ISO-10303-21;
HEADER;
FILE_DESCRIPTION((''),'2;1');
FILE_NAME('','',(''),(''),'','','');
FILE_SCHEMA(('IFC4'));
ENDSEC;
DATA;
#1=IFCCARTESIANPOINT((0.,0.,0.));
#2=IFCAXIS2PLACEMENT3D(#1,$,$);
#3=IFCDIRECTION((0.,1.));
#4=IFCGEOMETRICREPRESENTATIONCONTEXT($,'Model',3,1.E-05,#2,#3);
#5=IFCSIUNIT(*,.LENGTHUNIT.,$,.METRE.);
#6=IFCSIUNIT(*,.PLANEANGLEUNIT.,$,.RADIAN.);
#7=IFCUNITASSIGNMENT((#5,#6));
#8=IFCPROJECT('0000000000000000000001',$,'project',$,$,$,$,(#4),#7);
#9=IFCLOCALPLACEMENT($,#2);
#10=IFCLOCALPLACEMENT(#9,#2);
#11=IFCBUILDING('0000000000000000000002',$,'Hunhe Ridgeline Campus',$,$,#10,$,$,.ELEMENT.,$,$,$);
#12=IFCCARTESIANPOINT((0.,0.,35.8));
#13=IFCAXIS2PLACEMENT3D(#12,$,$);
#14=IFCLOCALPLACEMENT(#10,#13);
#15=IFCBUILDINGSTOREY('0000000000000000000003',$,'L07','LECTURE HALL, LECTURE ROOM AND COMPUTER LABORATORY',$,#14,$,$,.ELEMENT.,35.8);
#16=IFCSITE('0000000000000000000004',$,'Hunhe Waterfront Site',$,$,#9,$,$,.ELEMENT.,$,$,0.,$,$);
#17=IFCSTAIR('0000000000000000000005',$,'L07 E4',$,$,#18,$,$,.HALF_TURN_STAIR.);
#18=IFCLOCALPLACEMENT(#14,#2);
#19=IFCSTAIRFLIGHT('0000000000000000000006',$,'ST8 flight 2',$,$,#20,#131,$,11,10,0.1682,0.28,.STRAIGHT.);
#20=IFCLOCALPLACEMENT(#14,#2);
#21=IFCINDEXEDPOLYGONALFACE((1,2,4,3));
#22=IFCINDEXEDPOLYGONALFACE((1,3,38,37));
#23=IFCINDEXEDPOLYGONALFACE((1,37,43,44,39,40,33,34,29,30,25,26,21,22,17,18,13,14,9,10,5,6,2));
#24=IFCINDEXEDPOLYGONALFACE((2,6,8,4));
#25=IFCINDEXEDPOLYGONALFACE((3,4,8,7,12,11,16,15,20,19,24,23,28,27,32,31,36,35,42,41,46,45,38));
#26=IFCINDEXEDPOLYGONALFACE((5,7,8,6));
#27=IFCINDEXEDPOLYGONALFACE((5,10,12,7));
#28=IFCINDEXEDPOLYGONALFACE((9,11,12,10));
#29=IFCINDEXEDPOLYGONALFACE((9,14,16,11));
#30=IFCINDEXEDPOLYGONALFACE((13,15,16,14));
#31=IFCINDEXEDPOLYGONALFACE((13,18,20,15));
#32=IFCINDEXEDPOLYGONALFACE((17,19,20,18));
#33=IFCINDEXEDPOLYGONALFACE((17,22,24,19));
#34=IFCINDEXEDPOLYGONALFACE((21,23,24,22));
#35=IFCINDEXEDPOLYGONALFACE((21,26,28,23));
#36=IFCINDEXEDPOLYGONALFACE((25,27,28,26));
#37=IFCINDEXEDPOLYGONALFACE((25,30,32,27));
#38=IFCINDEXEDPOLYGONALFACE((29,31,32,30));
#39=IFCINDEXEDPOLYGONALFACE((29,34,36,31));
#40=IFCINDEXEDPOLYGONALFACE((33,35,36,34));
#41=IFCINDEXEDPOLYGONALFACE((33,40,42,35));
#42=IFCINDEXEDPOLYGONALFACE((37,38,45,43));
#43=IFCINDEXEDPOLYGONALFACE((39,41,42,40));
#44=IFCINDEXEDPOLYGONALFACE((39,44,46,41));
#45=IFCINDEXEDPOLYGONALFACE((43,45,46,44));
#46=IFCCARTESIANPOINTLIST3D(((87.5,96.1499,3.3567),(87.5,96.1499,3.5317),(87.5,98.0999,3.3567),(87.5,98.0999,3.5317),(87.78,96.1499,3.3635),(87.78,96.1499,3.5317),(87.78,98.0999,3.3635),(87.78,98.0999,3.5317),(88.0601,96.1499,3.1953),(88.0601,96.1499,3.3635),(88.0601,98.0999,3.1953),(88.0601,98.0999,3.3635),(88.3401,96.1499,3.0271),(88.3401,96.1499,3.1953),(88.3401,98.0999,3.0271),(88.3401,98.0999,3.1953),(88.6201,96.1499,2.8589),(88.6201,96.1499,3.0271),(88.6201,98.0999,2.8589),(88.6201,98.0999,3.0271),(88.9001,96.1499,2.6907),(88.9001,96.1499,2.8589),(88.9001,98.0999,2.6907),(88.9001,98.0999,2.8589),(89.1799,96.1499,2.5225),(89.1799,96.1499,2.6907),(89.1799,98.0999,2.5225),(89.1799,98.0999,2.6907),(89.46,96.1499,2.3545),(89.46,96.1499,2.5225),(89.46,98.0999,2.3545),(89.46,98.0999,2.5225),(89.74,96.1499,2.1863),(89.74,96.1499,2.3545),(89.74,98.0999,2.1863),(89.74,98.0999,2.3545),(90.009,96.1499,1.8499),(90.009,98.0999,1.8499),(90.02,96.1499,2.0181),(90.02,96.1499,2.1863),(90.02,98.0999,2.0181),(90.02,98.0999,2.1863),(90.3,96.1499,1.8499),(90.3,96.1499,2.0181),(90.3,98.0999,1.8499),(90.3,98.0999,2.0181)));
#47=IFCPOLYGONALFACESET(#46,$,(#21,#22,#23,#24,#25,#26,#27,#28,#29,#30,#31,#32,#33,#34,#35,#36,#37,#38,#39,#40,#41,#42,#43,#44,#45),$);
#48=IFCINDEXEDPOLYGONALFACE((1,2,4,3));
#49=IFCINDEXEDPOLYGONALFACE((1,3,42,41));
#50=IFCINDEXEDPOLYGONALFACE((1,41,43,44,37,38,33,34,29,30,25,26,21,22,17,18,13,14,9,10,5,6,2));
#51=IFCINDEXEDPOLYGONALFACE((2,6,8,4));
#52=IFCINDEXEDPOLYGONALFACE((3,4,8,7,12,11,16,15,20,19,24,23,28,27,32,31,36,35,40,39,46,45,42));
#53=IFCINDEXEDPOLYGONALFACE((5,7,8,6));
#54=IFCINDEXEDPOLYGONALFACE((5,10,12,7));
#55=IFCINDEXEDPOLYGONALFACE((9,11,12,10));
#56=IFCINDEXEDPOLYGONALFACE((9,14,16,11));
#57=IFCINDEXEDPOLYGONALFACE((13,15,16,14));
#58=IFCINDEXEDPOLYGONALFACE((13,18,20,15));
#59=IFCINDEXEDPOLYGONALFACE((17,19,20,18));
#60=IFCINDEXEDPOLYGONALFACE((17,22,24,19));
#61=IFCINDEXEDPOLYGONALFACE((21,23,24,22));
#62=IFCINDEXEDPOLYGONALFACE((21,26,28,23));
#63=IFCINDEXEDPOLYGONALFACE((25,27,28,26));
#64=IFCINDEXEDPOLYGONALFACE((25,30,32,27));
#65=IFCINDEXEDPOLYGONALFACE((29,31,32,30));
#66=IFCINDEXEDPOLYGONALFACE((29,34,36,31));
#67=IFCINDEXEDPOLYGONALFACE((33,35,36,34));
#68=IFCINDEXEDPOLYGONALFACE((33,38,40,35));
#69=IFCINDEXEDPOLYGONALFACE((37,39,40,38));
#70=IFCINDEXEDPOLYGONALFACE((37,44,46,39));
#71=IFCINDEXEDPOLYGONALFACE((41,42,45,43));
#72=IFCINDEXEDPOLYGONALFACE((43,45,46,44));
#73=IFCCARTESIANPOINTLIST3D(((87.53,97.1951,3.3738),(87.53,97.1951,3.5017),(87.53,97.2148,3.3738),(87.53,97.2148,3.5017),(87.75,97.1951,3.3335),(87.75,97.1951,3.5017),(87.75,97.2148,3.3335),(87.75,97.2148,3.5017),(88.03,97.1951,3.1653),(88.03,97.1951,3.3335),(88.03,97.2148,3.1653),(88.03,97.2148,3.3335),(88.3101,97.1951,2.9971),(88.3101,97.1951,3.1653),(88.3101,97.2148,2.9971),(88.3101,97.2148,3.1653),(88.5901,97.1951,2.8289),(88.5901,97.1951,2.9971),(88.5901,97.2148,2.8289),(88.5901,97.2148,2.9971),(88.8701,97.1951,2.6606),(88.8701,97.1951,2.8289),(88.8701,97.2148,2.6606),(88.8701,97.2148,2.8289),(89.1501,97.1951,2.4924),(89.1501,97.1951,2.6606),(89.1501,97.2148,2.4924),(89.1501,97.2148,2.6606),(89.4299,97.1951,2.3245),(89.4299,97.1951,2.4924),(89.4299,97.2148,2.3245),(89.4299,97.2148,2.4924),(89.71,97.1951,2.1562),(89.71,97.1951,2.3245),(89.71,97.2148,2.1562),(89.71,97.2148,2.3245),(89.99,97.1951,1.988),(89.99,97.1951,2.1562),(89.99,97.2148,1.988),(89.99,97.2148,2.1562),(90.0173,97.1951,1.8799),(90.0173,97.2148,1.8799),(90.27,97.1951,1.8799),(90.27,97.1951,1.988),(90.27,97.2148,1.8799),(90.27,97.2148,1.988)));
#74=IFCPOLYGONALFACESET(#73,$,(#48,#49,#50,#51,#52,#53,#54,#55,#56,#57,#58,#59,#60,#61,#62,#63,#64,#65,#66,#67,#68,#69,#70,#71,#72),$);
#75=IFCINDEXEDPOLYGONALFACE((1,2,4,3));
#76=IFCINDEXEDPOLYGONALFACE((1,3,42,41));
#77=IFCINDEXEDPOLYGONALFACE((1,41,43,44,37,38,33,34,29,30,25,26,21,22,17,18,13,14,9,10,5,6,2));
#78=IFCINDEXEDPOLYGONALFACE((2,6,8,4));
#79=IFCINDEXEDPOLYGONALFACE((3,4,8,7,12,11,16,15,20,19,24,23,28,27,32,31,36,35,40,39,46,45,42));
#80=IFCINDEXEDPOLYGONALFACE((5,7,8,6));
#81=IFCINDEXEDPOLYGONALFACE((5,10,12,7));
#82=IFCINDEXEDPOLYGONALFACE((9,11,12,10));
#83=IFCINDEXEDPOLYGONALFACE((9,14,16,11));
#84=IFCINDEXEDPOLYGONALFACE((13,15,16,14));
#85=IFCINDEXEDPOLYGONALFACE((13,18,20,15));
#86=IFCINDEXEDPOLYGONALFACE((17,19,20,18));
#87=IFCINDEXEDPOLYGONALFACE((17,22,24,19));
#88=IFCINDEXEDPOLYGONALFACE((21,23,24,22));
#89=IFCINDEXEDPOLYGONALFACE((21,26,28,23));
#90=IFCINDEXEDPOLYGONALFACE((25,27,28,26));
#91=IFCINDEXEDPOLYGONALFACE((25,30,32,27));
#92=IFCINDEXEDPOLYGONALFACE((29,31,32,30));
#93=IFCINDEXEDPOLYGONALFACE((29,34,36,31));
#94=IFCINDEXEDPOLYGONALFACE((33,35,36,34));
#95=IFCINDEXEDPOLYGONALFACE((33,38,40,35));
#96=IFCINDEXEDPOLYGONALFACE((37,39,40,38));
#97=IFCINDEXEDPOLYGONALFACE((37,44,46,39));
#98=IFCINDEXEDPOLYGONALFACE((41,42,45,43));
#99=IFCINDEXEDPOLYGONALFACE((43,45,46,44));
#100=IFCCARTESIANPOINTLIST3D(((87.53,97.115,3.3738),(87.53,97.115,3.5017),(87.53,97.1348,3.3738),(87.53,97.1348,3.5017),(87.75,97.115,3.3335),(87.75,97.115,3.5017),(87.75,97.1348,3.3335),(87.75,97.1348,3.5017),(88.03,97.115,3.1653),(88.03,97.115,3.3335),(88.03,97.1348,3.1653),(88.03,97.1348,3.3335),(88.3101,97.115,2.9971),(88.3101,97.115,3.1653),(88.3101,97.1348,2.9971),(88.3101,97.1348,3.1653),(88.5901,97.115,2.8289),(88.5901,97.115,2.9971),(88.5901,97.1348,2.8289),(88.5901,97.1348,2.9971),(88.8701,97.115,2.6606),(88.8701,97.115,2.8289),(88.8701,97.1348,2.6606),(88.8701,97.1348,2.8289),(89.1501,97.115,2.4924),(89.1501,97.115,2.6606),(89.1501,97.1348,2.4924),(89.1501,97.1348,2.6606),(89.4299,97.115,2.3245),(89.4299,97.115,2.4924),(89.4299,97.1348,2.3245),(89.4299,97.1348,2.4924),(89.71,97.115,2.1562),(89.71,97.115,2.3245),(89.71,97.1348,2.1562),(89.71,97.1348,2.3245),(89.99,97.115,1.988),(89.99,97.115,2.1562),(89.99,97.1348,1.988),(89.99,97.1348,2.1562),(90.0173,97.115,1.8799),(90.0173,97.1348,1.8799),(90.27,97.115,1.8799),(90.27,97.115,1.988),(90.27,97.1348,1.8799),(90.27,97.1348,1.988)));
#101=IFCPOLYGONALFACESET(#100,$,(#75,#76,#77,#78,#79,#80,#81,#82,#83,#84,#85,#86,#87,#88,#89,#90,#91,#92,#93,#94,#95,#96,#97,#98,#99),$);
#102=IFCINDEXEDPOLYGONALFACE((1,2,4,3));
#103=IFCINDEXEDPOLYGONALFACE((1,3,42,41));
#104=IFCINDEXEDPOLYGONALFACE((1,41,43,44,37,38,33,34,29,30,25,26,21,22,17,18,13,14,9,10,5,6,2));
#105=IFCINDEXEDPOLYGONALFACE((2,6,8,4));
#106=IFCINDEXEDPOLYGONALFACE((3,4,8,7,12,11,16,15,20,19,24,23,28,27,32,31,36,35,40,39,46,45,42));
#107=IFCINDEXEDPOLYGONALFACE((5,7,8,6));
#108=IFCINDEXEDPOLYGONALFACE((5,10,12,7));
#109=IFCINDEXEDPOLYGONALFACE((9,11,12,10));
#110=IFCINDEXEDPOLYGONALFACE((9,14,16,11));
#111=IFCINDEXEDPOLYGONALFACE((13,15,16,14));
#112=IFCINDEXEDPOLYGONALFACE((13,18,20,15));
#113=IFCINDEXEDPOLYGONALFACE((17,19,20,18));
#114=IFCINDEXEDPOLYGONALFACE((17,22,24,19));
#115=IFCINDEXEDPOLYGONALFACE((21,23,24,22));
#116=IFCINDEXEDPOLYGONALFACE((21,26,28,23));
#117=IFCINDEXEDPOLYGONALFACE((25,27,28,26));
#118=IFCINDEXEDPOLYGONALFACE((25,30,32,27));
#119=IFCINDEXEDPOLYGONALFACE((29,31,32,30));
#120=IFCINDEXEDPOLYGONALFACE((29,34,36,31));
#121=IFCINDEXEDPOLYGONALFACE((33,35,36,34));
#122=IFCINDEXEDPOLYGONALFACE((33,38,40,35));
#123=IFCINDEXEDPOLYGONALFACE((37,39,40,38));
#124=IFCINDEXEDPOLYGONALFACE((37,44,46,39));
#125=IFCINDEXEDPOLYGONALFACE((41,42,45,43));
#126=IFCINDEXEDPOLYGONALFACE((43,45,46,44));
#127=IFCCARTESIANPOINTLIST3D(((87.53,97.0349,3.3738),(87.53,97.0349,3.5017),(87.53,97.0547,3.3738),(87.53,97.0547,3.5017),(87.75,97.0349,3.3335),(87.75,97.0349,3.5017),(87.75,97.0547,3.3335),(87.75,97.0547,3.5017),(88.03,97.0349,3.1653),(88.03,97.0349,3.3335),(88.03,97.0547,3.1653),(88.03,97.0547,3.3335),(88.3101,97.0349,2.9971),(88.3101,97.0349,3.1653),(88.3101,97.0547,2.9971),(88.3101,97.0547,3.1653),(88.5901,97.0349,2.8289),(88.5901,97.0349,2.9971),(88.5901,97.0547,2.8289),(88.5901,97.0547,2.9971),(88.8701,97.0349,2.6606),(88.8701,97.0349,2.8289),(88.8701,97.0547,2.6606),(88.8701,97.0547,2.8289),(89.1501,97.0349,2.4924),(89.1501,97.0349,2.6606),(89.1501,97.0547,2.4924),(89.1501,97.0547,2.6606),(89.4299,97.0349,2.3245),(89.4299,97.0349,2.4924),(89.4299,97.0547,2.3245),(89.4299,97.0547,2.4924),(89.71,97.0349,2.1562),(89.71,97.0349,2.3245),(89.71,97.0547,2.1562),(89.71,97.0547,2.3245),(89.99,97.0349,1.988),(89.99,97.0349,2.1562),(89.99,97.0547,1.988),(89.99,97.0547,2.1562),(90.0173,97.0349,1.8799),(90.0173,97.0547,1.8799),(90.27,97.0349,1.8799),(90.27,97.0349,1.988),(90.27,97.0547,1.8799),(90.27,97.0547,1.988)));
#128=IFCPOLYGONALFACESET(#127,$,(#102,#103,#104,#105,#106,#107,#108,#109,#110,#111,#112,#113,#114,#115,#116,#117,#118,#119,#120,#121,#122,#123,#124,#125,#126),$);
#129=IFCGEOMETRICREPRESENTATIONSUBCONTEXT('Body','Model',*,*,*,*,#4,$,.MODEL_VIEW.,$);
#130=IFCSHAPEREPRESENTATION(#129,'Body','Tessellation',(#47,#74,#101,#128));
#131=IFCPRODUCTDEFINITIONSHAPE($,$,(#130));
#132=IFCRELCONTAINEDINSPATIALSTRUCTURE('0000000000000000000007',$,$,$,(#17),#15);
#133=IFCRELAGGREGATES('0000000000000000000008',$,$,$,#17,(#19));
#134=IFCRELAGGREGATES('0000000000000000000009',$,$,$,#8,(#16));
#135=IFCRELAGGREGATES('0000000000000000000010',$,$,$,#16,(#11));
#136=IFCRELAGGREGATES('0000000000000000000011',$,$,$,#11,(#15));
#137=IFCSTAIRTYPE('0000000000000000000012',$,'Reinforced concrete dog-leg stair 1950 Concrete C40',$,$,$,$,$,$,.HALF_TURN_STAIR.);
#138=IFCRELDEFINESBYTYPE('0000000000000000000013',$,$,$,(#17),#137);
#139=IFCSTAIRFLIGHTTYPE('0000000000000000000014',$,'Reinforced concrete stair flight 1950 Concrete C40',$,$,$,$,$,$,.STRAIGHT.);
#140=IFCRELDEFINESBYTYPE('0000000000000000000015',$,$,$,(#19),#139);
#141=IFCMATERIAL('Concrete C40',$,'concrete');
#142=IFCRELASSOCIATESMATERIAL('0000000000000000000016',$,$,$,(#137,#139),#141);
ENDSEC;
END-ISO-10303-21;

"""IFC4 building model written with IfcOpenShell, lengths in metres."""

from ifc_helpers import new_model, si_unit, direction, frame, origin, place, context, subcontext, project, spatial, polyline, outline, extrude, material, type_object, element, aggregate, save


model = new_model("IFC4")

# Units and contexts
model_context = context("Model", 3, precision=1e-05, world=origin(), true_north=direction((0.0, 1.0)))
body_context = subcontext(model_context, "Body", "Model", "MODEL_VIEW")
ifc_project = project(units=[si_unit("LENGTHUNIT", "METRE"), si_unit("PLANEANGLEUNIT", "RADIAN")], contexts=[model_context])

# Site, building, storey
site_placement = place(None, origin())
site = spatial("IfcSite", under=ifc_project, at=site_placement, Name="Hunhe Waterfront Site", CompositionType="ELEMENT", RefElevation=0.0)
building_placement = place(site_placement, origin())
building = spatial("IfcBuilding", under=site, at=building_placement, Name="Hunhe Ridgeline Campus", CompositionType="ELEMENT")
storey_placement = place(building_placement, frame((0.0, 0.0, 35.8)))
storey = spatial("IfcBuildingStorey", under=building, at=storey_placement, Name="L07", Description="LECTURE HALL, LECTURE ROOM AND COMPUTER LABORATORY", CompositionType="ELEMENT", Elevation=35.8)

# Stair, stair flight
ifc_material_1 = material(Name="Concrete C40", Category="concrete")
stair_type = type_object("IfcStairType", Name="Reinforced concrete dog-leg stair 1950 Concrete C40", PredefinedType="HALF_TURN_STAIR", material=ifc_material_1)
stair_placement = place(storey_placement, origin())
stair = element("IfcStair", 1, at=stair_placement, inside=storey, type_object=stair_type, Name="L07 E4", PredefinedType="HALF_TURN_STAIR")
stair_flight_type = type_object("IfcStairFlightType", Name="Reinforced concrete stair flight 1950 Concrete C40", PredefinedType="STRAIGHT", material=ifc_material_1)
stair_flight_1_placement = place(storey_placement, frame((90.3, 97.125, 1.8499), z_axis=(0.0, 0.0, 1.0), x_axis=(-1.0, 0.0, 0.0)))
stair_flight_1 = element("IfcStairFlight", 2, at=stair_flight_1_placement, type_object=stair_flight_type, Name="ST8 flight 2", NumberOfRisers=11, NumberOfTreads=10, PredefinedType="STRAIGHT", RiserHeight=0.1682, TreadLength=0.28, context=body_context, shape_type="SweptSolid", body=[
    extrude(outline(polyline([(0.0, 0.0), (0.0, 0.1682), (0.28, 0.1682), (0.28, 0.3364), (0.5601, 0.3364), (0.5601, 0.5046), (0.8401, 0.5046), (0.8401, 0.6726), (1.1201, 0.6726), (1.1201, 0.8408), (1.3999, 0.8408), (1.3999, 1.009), (1.6799, 1.009), (1.6799, 1.1772), (1.96, 1.1772), (1.96, 1.3455), (2.24, 1.3455), (2.24, 1.5137), (2.52, 1.5137), (2.52, 1.6819), (2.8, 1.6819), (2.8, 1.8501), (2.8, 1.5068), (0.291, 0.0), (0.0, 0.0)])), frame((0.0, 0.9751, 0.0), z_axis=(0.0, -1.0, 0.0), x_axis=(1.0, 0.0, 0.0)), (0.0, 0.0, 1.0), 1.95),
    extrude(outline(polyline([(0.03, 0.03), (0.03, 0.1382), (0.3101, 0.1382), (0.3101, 0.3064), (0.5901, 0.3064), (0.5901, 0.4746), (0.8701, 0.4746), (0.8701, 0.6426), (1.1499, 0.6426), (1.1499, 0.8108), (1.4299, 0.8108), (1.4299, 0.979), (1.71, 0.979), (1.71, 1.1472), (1.99, 1.1472), (1.99, 1.3154), (2.27, 1.3154), (2.27, 1.4836), (2.55, 1.4836), (2.55, 1.6519), (2.77, 1.6519), (2.77, 1.5239), (0.2827, 0.03), (0.03, 0.03)])), frame((0.0, -0.0701, 0.0), z_axis=(0.0, -1.0, 0.0), x_axis=(1.0, 0.0, 0.0)), (0.0, 0.0, 1.0), 0.0198),
    extrude(outline(polyline([(0.03, 0.03), (0.03, 0.1382), (0.3101, 0.1382), (0.3101, 0.3064), (0.5901, 0.3064), (0.5901, 0.4746), (0.8701, 0.4746), (0.8701, 0.6426), (1.1499, 0.6426), (1.1499, 0.8108), (1.4299, 0.8108), (1.4299, 0.979), (1.71, 0.979), (1.71, 1.1472), (1.99, 1.1472), (1.99, 1.3154), (2.27, 1.3154), (2.27, 1.4836), (2.55, 1.4836), (2.55, 1.6519), (2.77, 1.6519), (2.77, 1.5239), (0.2827, 0.03), (0.03, 0.03)])), frame((0.0, 0.01, 0.0), z_axis=(0.0, -1.0, 0.0), x_axis=(1.0, 0.0, 0.0)), (0.0, 0.0, 1.0), 0.0198),
    extrude(outline(polyline([(0.03, 0.03), (0.03, 0.1382), (0.3101, 0.1382), (0.3101, 0.3064), (0.5901, 0.3064), (0.5901, 0.4746), (0.8701, 0.4746), (0.8701, 0.6426), (1.1499, 0.6426), (1.1499, 0.8108), (1.4299, 0.8108), (1.4299, 0.979), (1.71, 0.979), (1.71, 1.1472), (1.99, 1.1472), (1.99, 1.3154), (2.27, 1.3154), (2.27, 1.4836), (2.55, 1.4836), (2.55, 1.6519), (2.77, 1.6519), (2.77, 1.5239), (0.2827, 0.03), (0.03, 0.03)])), frame((0.0, 0.0901, 0.0), z_axis=(0.0, -1.0, 0.0), x_axis=(1.0, 0.0, 0.0)), (0.0, 0.0, 1.0), 0.0198),
])
aggregate(stair, [stair_flight_1])

save(model, "model.ifc")
